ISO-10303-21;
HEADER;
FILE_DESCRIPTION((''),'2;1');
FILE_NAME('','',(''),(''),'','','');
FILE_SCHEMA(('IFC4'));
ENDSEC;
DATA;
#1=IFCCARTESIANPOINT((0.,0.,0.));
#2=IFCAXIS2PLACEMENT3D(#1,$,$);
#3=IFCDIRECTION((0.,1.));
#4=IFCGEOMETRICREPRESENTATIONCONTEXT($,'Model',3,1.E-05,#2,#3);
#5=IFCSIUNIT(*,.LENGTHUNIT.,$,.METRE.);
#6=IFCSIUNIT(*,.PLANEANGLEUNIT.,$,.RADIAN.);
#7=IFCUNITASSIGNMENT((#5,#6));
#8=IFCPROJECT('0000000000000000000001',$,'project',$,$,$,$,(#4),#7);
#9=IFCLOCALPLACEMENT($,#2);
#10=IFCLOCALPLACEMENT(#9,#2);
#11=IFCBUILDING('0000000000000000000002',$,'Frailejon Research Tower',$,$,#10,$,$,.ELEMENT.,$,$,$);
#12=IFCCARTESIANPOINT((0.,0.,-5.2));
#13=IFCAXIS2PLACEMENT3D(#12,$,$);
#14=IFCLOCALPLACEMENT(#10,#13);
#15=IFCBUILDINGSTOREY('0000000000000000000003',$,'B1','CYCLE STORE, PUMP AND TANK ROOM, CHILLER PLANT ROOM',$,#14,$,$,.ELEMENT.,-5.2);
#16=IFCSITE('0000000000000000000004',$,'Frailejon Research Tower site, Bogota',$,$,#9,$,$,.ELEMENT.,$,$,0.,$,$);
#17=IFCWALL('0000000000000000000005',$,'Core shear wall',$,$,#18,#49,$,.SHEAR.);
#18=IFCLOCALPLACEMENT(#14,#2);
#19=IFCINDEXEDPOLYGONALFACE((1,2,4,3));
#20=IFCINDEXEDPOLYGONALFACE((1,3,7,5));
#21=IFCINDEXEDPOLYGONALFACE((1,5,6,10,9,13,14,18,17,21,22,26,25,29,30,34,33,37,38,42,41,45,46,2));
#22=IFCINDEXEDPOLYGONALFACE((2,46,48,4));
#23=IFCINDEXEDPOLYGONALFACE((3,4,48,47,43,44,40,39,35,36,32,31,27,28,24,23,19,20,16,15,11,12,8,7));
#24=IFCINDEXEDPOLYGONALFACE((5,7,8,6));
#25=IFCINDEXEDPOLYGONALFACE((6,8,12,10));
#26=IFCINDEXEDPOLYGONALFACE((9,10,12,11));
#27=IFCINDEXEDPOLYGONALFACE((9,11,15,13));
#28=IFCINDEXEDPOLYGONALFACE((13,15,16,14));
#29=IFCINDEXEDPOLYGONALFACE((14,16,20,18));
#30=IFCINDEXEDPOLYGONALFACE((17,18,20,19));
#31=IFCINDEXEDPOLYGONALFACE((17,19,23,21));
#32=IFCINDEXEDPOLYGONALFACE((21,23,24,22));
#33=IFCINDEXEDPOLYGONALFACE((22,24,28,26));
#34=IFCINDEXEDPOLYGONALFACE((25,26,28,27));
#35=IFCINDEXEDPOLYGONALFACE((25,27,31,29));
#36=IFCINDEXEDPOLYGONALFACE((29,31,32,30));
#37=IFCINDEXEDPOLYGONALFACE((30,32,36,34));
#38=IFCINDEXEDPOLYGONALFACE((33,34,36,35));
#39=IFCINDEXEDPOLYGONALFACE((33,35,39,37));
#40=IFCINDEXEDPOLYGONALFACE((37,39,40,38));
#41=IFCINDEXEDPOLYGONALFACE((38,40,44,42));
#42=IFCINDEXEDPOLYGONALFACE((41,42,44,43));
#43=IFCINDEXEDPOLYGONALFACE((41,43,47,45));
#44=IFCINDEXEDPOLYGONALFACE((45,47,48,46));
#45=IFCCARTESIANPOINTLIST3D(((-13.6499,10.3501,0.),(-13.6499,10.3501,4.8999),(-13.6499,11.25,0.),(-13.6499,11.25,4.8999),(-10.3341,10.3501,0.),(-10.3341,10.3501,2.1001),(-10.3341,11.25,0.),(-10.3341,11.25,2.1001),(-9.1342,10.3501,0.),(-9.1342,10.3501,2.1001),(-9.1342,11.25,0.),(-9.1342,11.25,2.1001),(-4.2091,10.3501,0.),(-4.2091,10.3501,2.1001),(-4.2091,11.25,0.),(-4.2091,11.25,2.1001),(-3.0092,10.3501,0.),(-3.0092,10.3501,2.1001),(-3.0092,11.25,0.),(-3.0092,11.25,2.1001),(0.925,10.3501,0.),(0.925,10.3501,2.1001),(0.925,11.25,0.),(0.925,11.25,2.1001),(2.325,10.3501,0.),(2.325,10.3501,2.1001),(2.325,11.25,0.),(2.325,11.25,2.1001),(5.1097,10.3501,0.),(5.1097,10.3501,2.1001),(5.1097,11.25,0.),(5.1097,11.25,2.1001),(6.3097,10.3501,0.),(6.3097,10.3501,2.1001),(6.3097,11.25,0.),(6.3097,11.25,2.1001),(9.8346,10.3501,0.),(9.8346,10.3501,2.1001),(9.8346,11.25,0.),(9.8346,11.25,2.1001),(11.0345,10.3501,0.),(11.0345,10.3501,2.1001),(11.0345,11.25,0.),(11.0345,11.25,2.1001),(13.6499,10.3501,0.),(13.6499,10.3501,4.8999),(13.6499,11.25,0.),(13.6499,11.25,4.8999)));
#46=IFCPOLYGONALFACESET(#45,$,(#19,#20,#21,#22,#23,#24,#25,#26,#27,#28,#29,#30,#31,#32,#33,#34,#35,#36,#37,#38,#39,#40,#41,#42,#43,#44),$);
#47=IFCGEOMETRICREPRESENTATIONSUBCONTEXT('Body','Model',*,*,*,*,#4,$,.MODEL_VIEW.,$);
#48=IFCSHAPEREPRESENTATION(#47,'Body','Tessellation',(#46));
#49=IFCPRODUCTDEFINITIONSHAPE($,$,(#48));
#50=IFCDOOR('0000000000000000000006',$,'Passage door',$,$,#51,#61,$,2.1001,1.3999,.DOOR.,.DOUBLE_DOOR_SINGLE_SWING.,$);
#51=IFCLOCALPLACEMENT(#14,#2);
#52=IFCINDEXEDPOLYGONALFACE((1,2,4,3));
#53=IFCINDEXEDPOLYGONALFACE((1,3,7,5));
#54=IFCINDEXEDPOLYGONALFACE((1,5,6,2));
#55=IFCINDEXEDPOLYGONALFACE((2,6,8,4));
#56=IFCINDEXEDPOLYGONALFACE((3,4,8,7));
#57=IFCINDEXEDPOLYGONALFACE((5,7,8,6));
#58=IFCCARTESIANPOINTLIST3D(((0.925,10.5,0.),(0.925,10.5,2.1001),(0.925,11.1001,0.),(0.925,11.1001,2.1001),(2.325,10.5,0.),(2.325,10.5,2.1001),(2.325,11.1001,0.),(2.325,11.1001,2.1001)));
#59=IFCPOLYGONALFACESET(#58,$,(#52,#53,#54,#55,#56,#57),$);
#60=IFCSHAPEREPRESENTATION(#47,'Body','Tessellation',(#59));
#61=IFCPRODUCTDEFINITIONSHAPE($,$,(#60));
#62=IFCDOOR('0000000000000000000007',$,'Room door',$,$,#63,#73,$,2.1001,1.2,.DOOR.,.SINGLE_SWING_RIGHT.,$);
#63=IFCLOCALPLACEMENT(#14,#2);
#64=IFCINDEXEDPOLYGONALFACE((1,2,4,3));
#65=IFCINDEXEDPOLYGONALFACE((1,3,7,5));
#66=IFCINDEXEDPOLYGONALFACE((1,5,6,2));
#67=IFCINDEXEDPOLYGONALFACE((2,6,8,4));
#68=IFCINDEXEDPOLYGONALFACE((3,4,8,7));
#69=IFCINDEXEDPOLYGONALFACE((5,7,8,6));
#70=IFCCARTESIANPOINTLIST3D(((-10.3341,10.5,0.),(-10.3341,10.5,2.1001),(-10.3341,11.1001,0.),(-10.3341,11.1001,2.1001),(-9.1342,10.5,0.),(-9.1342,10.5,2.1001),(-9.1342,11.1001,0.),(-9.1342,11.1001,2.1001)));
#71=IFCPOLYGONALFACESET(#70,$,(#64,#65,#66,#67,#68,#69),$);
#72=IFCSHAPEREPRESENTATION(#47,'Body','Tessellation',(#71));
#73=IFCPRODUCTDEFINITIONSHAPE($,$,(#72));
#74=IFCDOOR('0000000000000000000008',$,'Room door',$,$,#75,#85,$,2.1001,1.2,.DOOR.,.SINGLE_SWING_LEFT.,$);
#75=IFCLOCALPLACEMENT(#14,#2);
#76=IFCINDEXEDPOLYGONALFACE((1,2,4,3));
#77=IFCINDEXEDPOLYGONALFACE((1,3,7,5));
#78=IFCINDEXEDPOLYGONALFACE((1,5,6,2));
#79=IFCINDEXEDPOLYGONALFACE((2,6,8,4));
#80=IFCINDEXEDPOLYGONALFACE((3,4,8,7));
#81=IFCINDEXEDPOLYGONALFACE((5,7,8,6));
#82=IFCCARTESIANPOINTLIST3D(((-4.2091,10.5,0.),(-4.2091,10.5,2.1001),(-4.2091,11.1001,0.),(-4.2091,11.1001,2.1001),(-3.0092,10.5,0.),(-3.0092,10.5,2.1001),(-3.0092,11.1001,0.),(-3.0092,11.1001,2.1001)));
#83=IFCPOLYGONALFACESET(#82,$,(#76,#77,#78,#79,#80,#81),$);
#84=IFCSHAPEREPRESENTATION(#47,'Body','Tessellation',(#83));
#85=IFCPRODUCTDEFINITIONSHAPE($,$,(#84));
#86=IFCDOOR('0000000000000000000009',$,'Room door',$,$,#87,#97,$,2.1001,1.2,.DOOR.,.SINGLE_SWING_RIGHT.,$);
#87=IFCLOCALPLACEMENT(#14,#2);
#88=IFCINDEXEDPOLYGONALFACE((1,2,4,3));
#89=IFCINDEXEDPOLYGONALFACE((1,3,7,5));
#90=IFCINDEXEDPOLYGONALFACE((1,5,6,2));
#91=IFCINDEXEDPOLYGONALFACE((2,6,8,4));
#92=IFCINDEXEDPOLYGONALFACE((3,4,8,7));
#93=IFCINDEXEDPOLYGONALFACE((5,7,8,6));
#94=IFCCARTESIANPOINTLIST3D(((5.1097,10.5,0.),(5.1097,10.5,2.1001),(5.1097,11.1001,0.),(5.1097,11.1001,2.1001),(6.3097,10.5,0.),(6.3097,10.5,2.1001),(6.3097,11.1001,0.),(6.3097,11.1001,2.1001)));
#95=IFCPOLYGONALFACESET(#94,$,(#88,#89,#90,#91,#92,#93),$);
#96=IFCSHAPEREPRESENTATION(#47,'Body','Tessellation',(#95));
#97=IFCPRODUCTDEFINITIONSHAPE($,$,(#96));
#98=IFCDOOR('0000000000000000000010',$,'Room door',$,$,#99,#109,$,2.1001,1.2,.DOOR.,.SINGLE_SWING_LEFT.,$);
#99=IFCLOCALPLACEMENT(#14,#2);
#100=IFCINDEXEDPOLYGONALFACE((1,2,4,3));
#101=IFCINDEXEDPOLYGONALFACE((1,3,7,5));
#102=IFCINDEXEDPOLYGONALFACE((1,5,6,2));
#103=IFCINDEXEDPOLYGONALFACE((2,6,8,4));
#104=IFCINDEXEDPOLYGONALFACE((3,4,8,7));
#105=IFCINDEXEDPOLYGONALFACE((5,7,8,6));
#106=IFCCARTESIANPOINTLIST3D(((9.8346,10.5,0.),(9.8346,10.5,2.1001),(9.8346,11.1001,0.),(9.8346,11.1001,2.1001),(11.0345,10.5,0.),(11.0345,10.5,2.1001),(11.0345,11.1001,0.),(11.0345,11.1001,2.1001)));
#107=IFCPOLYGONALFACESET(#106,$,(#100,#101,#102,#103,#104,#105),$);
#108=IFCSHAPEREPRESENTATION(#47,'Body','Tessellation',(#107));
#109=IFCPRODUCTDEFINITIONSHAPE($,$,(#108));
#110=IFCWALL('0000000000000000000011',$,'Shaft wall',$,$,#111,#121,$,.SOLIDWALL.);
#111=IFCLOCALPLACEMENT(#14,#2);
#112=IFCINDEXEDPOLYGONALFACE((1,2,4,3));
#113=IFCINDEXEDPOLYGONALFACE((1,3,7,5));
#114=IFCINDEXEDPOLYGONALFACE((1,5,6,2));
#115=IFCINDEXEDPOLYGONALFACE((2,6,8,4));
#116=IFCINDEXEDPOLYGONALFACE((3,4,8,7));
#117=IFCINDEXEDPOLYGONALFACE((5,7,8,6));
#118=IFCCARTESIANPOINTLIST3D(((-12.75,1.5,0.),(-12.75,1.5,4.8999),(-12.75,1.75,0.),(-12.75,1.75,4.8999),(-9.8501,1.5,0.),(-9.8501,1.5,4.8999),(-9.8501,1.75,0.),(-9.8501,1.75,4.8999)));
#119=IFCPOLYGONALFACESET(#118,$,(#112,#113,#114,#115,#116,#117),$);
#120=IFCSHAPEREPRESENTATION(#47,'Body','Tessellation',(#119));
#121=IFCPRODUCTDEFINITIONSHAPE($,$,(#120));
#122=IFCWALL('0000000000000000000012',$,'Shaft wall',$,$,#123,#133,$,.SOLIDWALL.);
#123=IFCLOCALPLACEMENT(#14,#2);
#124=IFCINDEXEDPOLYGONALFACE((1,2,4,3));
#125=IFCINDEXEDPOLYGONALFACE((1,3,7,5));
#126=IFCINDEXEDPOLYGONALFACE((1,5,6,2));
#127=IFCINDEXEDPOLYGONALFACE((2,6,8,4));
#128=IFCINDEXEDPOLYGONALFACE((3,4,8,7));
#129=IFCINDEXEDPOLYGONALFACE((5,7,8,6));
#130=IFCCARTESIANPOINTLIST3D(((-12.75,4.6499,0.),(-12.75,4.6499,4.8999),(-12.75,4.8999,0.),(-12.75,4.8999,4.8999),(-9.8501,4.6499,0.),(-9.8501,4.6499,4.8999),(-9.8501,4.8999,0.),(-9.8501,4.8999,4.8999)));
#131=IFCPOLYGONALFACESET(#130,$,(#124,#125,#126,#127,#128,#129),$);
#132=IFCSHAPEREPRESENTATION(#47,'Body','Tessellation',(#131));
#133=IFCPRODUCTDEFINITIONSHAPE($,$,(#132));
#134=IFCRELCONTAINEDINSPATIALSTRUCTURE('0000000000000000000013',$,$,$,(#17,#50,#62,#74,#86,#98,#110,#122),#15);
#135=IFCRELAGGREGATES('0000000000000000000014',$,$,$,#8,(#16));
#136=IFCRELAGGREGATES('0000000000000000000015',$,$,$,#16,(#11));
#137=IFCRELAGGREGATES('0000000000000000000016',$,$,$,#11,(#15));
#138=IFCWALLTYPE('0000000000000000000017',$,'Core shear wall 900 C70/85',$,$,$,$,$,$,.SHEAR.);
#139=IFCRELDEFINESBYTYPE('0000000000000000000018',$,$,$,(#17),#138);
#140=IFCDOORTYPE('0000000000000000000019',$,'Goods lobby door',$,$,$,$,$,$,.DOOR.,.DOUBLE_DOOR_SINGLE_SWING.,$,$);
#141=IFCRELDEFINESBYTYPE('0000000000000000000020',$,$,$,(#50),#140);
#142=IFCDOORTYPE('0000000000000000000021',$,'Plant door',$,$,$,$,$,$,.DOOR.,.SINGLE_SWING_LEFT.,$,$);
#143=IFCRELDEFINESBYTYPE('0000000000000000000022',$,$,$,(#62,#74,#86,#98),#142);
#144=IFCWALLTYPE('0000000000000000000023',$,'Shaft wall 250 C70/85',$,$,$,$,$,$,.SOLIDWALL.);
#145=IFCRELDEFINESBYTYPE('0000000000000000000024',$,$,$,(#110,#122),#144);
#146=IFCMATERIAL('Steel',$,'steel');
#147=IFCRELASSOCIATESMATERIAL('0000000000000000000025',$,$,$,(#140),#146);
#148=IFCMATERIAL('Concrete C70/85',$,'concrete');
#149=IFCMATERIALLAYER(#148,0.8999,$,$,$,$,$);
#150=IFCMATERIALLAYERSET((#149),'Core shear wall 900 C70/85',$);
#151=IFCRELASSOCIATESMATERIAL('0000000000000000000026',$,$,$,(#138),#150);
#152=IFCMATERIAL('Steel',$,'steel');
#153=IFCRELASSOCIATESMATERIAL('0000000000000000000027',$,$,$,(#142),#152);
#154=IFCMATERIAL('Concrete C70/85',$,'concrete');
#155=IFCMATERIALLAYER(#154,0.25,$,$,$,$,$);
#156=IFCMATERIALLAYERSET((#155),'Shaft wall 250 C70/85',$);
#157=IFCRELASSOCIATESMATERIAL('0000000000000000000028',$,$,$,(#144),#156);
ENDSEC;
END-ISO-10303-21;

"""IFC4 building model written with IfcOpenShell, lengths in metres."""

from ifc_helpers import new_model, si_unit, direction, frame, frame_2d, origin, place, context, subcontext, project, spatial, rectangle, extrude, material, layer, layer_set, type_object, element, fill, save


model = new_model("IFC4")

# Units and contexts
model_context = context("Model", 3, precision=1e-05, world=origin(), true_north=direction((0.0, 1.0)))
body_context = subcontext(model_context, "Body", "Model", "MODEL_VIEW")
ifc_project = project(units=[si_unit("LENGTHUNIT", "METRE"), si_unit("PLANEANGLEUNIT", "RADIAN")], contexts=[model_context])

# Site, building, storey
site_placement = place(None, origin())
site = spatial("IfcSite", under=ifc_project, at=site_placement, Name="Frailejon Research Tower site, Bogota", CompositionType="ELEMENT", RefElevation=0.0)
building_placement = place(site_placement, origin())
building = spatial("IfcBuilding", under=site, at=building_placement, Name="Frailejon Research Tower", CompositionType="ELEMENT")
storey_placement = place(building_placement, frame((0.0, 0.0, -5.2)))
storey = spatial("IfcBuildingStorey", under=building, at=storey_placement, Name="B1", Description="CYCLE STORE, PUMP AND TANK ROOM, CHILLER PLANT ROOM", CompositionType="ELEMENT", Elevation=-5.2)

# Shared definitions
ifc_material_1 = material(Name="Steel", Category="steel")
door_type_1 = type_object("IfcDoorType", Name="Goods lobby door", OperationType="DOUBLE_DOOR_SINGLE_SWING", PredefinedType="DOOR", material=ifc_material_1)

# Wall, openings, doors
ifc_material_2 = material(Name="Concrete C70/85", Category="concrete")
ifc_layer_1 = layer(ifc_material_2, 0.8999)
ifc_layer_set_1 = layer_set([ifc_layer_1], Name="Core shear wall 900 C70/85")
wall_type_1 = type_object("IfcWallType", Name="Core shear wall 900 C70/85", PredefinedType="SHEAR", material=ifc_layer_set_1)
wall_1_placement = place(storey_placement, frame((-13.6499, 10.8, 0.0), z_axis=(0.0, 0.0, 1.0), x_axis=(1.0, 0.0, 0.0)))
wall_1 = element("IfcWall", 1, at=wall_1_placement, inside=storey, type_object=wall_type_1, Name="Core shear wall", PredefinedType="SHEAR", context=body_context, shape_type="SweptSolid", body=[
    extrude(rectangle(XDim=27.2998, YDim=0.8999, at=frame_2d((13.6499, 0.0))), origin(), (0.0, 0.0, 1.0), 4.8999),
])
opening_1_placement = place(wall_1_placement, frame((3.3157, 0.0, 0.0)))
opening_1 = element("IfcOpeningElement", 2, at=opening_1_placement, cuts=wall_1, PredefinedType="OPENING", context=body_context, shape_type="SweptSolid", body=[
    extrude(rectangle(XDim=1.2, YDim=2.1001, at=frame_2d((0.6001, 1.05))), frame((0.0, 0.46, 0.0), z_axis=(0.0, -1.0, 0.0), x_axis=(1.0, 0.0, 0.0)), (0.0, 0.0, 1.0), 0.9199),
])
opening_2_placement = place(wall_1_placement, frame((9.4407, 0.0, 0.0)))
opening_2 = element("IfcOpeningElement", 3, at=opening_2_placement, cuts=wall_1, PredefinedType="OPENING", context=body_context, shape_type="SweptSolid", body=[
    extrude(rectangle(XDim=1.2, YDim=2.1001, at=frame_2d((0.6001, 1.05))), frame((0.0, 0.46, 0.0), z_axis=(0.0, -1.0, 0.0), x_axis=(1.0, 0.0, 0.0)), (0.0, 0.0, 1.0), 0.9199),
])
opening_3_placement = place(wall_1_placement, frame((18.7595, 0.0, 0.0)))
opening_3 = element("IfcOpeningElement", 4, at=opening_3_placement, cuts=wall_1, PredefinedType="OPENING", context=body_context, shape_type="SweptSolid", body=[
    extrude(rectangle(XDim=1.2, YDim=2.1001, at=frame_2d((0.6001, 1.05))), frame((0.0, 0.46, 0.0), z_axis=(0.0, -1.0, 0.0), x_axis=(1.0, 0.0, 0.0)), (0.0, 0.0, 1.0), 0.9199),
])
opening_4_placement = place(wall_1_placement, frame((23.4844, 0.0, 0.0)))
opening_4 = element("IfcOpeningElement", 5, at=opening_4_placement, cuts=wall_1, PredefinedType="OPENING", context=body_context, shape_type="SweptSolid", body=[
    extrude(rectangle(XDim=1.2, YDim=2.1001, at=frame_2d((0.6001, 1.05))), frame((0.0, 0.46, 0.0), z_axis=(0.0, -1.0, 0.0), x_axis=(1.0, 0.0, 0.0)), (0.0, 0.0, 1.0), 0.9199),
])
opening_5_placement = place(wall_1_placement, frame((14.575, 0.0, 0.0)))
opening_5 = element("IfcOpeningElement", 6, at=opening_5_placement, cuts=wall_1, PredefinedType="OPENING", context=body_context, shape_type="SweptSolid", body=[
    extrude(rectangle(XDim=1.3999, YDim=2.1001, at=frame_2d((0.7, 1.05))), frame((0.0, 0.46, 0.0), z_axis=(0.0, -1.0, 0.0), x_axis=(1.0, 0.0, 0.0)), (0.0, 0.0, 1.0), 0.9199),
])
door_1_placement = place(opening_5_placement, origin())
door_1 = element("IfcDoor", 7, at=door_1_placement, inside=storey, type_object=door_type_1, Name="Passage door", OperationType="DOUBLE_DOOR_SINGLE_SWING", OverallHeight=2.1001, OverallWidth=1.3999, PredefinedType="DOOR", context=body_context, shape_type="SweptSolid", body=[
    extrude(rectangle(XDim=1.3999, YDim=2.1001, at=frame_2d((0.7, 1.05))), frame((0.0, 0.3, 0.0), z_axis=(0.0, -1.0, 0.0), x_axis=(1.0, 0.0, 0.0)), (0.0, 0.0, 1.0), 0.6001),
])
fill(opening_5, door_1)
ifc_material_3 = material(Name="Steel", Category="steel")
door_type_2 = type_object("IfcDoorType", Name="Plant door", OperationType="SINGLE_SWING_LEFT", PredefinedType="DOOR", material=ifc_material_3)
door_2_placement = place(opening_1_placement, origin())
door_2 = element("IfcDoor", 8, at=door_2_placement, inside=storey, type_object=door_type_2, Name="Room door", OperationType="SINGLE_SWING_RIGHT", OverallHeight=2.1001, OverallWidth=1.2, PredefinedType="DOOR", context=body_context, shape_type="SweptSolid", body=[
    extrude(rectangle(XDim=1.2, YDim=2.1001, at=frame_2d((0.6001, 1.05))), frame((0.0, 0.3, 0.0), z_axis=(0.0, -1.0, 0.0), x_axis=(1.0, 0.0, 0.0)), (0.0, 0.0, 1.0), 0.6001),
])
fill(opening_1, door_2)
door_3_placement = place(opening_2_placement, origin())
door_3 = element("IfcDoor", 9, at=door_3_placement, inside=storey, type_object=door_type_2, Name="Room door", OperationType="SINGLE_SWING_LEFT", OverallHeight=2.1001, OverallWidth=1.2, PredefinedType="DOOR", context=body_context, shape_type="SweptSolid", body=[
    extrude(rectangle(XDim=1.2, YDim=2.1001, at=frame_2d((0.6001, 1.05))), frame((0.0, 0.3, 0.0), z_axis=(0.0, -1.0, 0.0), x_axis=(1.0, 0.0, 0.0)), (0.0, 0.0, 1.0), 0.6001),
])
fill(opening_2, door_3)
door_4_placement = place(opening_3_placement, origin())
door_4 = element("IfcDoor", 10, at=door_4_placement, inside=storey, type_object=door_type_2, Name="Room door", OperationType="SINGLE_SWING_RIGHT", OverallHeight=2.1001, OverallWidth=1.2, PredefinedType="DOOR", context=body_context, shape_type="SweptSolid", body=[
    extrude(rectangle(XDim=1.2, YDim=2.1001, at=frame_2d((0.6001, 1.05))), frame((0.0, 0.3, 0.0), z_axis=(0.0, -1.0, 0.0), x_axis=(1.0, 0.0, 0.0)), (0.0, 0.0, 1.0), 0.6001),
])
fill(opening_3, door_4)
door_5_placement = place(opening_4_placement, origin())
door_5 = element("IfcDoor", 11, at=door_5_placement, inside=storey, type_object=door_type_2, Name="Room door", OperationType="SINGLE_SWING_LEFT", OverallHeight=2.1001, OverallWidth=1.2, PredefinedType="DOOR", context=body_context, shape_type="SweptSolid", body=[
    extrude(rectangle(XDim=1.2, YDim=2.1001, at=frame_2d((0.6001, 1.05))), frame((0.0, 0.3, 0.0), z_axis=(0.0, -1.0, 0.0), x_axis=(1.0, 0.0, 0.0)), (0.0, 0.0, 1.0), 0.6001),
])
fill(opening_4, door_5)

# Walls
ifc_material_4 = material(Name="Concrete C70/85", Category="concrete")
ifc_layer_2 = layer(ifc_material_4, 0.25)
ifc_layer_set_2 = layer_set([ifc_layer_2], Name="Shaft wall 250 C70/85")
wall_type_2 = type_object("IfcWallType", Name="Shaft wall 250 C70/85", PredefinedType="SOLIDWALL", material=ifc_layer_set_2)
for number, where, z_axis, x_axis, name in (
    (12, (-12.75, 1.625, 0.0), (0.0, 0.0, 1.0), (1.0, 0.0, 0.0), "Shaft wall"),
    (13, (-12.75, 4.7749, 0.0), (0.0, 0.0, 1.0), (1.0, 0.0, 0.0), "Shaft wall"),
):
    element("IfcWall", number, at=place(storey_placement, frame(where, z_axis=z_axis, x_axis=x_axis)), inside=storey, type_object=wall_type_2, Name=name, PredefinedType="SOLIDWALL", context=body_context, shape_type="SweptSolid", body=[
        extrude(rectangle(XDim=2.8999, YDim=0.25, at=frame_2d((1.45, 0.0))), origin(), (0.0, 0.0, 1.0), 4.8999),
    ])

save(model, "model.ifc")
